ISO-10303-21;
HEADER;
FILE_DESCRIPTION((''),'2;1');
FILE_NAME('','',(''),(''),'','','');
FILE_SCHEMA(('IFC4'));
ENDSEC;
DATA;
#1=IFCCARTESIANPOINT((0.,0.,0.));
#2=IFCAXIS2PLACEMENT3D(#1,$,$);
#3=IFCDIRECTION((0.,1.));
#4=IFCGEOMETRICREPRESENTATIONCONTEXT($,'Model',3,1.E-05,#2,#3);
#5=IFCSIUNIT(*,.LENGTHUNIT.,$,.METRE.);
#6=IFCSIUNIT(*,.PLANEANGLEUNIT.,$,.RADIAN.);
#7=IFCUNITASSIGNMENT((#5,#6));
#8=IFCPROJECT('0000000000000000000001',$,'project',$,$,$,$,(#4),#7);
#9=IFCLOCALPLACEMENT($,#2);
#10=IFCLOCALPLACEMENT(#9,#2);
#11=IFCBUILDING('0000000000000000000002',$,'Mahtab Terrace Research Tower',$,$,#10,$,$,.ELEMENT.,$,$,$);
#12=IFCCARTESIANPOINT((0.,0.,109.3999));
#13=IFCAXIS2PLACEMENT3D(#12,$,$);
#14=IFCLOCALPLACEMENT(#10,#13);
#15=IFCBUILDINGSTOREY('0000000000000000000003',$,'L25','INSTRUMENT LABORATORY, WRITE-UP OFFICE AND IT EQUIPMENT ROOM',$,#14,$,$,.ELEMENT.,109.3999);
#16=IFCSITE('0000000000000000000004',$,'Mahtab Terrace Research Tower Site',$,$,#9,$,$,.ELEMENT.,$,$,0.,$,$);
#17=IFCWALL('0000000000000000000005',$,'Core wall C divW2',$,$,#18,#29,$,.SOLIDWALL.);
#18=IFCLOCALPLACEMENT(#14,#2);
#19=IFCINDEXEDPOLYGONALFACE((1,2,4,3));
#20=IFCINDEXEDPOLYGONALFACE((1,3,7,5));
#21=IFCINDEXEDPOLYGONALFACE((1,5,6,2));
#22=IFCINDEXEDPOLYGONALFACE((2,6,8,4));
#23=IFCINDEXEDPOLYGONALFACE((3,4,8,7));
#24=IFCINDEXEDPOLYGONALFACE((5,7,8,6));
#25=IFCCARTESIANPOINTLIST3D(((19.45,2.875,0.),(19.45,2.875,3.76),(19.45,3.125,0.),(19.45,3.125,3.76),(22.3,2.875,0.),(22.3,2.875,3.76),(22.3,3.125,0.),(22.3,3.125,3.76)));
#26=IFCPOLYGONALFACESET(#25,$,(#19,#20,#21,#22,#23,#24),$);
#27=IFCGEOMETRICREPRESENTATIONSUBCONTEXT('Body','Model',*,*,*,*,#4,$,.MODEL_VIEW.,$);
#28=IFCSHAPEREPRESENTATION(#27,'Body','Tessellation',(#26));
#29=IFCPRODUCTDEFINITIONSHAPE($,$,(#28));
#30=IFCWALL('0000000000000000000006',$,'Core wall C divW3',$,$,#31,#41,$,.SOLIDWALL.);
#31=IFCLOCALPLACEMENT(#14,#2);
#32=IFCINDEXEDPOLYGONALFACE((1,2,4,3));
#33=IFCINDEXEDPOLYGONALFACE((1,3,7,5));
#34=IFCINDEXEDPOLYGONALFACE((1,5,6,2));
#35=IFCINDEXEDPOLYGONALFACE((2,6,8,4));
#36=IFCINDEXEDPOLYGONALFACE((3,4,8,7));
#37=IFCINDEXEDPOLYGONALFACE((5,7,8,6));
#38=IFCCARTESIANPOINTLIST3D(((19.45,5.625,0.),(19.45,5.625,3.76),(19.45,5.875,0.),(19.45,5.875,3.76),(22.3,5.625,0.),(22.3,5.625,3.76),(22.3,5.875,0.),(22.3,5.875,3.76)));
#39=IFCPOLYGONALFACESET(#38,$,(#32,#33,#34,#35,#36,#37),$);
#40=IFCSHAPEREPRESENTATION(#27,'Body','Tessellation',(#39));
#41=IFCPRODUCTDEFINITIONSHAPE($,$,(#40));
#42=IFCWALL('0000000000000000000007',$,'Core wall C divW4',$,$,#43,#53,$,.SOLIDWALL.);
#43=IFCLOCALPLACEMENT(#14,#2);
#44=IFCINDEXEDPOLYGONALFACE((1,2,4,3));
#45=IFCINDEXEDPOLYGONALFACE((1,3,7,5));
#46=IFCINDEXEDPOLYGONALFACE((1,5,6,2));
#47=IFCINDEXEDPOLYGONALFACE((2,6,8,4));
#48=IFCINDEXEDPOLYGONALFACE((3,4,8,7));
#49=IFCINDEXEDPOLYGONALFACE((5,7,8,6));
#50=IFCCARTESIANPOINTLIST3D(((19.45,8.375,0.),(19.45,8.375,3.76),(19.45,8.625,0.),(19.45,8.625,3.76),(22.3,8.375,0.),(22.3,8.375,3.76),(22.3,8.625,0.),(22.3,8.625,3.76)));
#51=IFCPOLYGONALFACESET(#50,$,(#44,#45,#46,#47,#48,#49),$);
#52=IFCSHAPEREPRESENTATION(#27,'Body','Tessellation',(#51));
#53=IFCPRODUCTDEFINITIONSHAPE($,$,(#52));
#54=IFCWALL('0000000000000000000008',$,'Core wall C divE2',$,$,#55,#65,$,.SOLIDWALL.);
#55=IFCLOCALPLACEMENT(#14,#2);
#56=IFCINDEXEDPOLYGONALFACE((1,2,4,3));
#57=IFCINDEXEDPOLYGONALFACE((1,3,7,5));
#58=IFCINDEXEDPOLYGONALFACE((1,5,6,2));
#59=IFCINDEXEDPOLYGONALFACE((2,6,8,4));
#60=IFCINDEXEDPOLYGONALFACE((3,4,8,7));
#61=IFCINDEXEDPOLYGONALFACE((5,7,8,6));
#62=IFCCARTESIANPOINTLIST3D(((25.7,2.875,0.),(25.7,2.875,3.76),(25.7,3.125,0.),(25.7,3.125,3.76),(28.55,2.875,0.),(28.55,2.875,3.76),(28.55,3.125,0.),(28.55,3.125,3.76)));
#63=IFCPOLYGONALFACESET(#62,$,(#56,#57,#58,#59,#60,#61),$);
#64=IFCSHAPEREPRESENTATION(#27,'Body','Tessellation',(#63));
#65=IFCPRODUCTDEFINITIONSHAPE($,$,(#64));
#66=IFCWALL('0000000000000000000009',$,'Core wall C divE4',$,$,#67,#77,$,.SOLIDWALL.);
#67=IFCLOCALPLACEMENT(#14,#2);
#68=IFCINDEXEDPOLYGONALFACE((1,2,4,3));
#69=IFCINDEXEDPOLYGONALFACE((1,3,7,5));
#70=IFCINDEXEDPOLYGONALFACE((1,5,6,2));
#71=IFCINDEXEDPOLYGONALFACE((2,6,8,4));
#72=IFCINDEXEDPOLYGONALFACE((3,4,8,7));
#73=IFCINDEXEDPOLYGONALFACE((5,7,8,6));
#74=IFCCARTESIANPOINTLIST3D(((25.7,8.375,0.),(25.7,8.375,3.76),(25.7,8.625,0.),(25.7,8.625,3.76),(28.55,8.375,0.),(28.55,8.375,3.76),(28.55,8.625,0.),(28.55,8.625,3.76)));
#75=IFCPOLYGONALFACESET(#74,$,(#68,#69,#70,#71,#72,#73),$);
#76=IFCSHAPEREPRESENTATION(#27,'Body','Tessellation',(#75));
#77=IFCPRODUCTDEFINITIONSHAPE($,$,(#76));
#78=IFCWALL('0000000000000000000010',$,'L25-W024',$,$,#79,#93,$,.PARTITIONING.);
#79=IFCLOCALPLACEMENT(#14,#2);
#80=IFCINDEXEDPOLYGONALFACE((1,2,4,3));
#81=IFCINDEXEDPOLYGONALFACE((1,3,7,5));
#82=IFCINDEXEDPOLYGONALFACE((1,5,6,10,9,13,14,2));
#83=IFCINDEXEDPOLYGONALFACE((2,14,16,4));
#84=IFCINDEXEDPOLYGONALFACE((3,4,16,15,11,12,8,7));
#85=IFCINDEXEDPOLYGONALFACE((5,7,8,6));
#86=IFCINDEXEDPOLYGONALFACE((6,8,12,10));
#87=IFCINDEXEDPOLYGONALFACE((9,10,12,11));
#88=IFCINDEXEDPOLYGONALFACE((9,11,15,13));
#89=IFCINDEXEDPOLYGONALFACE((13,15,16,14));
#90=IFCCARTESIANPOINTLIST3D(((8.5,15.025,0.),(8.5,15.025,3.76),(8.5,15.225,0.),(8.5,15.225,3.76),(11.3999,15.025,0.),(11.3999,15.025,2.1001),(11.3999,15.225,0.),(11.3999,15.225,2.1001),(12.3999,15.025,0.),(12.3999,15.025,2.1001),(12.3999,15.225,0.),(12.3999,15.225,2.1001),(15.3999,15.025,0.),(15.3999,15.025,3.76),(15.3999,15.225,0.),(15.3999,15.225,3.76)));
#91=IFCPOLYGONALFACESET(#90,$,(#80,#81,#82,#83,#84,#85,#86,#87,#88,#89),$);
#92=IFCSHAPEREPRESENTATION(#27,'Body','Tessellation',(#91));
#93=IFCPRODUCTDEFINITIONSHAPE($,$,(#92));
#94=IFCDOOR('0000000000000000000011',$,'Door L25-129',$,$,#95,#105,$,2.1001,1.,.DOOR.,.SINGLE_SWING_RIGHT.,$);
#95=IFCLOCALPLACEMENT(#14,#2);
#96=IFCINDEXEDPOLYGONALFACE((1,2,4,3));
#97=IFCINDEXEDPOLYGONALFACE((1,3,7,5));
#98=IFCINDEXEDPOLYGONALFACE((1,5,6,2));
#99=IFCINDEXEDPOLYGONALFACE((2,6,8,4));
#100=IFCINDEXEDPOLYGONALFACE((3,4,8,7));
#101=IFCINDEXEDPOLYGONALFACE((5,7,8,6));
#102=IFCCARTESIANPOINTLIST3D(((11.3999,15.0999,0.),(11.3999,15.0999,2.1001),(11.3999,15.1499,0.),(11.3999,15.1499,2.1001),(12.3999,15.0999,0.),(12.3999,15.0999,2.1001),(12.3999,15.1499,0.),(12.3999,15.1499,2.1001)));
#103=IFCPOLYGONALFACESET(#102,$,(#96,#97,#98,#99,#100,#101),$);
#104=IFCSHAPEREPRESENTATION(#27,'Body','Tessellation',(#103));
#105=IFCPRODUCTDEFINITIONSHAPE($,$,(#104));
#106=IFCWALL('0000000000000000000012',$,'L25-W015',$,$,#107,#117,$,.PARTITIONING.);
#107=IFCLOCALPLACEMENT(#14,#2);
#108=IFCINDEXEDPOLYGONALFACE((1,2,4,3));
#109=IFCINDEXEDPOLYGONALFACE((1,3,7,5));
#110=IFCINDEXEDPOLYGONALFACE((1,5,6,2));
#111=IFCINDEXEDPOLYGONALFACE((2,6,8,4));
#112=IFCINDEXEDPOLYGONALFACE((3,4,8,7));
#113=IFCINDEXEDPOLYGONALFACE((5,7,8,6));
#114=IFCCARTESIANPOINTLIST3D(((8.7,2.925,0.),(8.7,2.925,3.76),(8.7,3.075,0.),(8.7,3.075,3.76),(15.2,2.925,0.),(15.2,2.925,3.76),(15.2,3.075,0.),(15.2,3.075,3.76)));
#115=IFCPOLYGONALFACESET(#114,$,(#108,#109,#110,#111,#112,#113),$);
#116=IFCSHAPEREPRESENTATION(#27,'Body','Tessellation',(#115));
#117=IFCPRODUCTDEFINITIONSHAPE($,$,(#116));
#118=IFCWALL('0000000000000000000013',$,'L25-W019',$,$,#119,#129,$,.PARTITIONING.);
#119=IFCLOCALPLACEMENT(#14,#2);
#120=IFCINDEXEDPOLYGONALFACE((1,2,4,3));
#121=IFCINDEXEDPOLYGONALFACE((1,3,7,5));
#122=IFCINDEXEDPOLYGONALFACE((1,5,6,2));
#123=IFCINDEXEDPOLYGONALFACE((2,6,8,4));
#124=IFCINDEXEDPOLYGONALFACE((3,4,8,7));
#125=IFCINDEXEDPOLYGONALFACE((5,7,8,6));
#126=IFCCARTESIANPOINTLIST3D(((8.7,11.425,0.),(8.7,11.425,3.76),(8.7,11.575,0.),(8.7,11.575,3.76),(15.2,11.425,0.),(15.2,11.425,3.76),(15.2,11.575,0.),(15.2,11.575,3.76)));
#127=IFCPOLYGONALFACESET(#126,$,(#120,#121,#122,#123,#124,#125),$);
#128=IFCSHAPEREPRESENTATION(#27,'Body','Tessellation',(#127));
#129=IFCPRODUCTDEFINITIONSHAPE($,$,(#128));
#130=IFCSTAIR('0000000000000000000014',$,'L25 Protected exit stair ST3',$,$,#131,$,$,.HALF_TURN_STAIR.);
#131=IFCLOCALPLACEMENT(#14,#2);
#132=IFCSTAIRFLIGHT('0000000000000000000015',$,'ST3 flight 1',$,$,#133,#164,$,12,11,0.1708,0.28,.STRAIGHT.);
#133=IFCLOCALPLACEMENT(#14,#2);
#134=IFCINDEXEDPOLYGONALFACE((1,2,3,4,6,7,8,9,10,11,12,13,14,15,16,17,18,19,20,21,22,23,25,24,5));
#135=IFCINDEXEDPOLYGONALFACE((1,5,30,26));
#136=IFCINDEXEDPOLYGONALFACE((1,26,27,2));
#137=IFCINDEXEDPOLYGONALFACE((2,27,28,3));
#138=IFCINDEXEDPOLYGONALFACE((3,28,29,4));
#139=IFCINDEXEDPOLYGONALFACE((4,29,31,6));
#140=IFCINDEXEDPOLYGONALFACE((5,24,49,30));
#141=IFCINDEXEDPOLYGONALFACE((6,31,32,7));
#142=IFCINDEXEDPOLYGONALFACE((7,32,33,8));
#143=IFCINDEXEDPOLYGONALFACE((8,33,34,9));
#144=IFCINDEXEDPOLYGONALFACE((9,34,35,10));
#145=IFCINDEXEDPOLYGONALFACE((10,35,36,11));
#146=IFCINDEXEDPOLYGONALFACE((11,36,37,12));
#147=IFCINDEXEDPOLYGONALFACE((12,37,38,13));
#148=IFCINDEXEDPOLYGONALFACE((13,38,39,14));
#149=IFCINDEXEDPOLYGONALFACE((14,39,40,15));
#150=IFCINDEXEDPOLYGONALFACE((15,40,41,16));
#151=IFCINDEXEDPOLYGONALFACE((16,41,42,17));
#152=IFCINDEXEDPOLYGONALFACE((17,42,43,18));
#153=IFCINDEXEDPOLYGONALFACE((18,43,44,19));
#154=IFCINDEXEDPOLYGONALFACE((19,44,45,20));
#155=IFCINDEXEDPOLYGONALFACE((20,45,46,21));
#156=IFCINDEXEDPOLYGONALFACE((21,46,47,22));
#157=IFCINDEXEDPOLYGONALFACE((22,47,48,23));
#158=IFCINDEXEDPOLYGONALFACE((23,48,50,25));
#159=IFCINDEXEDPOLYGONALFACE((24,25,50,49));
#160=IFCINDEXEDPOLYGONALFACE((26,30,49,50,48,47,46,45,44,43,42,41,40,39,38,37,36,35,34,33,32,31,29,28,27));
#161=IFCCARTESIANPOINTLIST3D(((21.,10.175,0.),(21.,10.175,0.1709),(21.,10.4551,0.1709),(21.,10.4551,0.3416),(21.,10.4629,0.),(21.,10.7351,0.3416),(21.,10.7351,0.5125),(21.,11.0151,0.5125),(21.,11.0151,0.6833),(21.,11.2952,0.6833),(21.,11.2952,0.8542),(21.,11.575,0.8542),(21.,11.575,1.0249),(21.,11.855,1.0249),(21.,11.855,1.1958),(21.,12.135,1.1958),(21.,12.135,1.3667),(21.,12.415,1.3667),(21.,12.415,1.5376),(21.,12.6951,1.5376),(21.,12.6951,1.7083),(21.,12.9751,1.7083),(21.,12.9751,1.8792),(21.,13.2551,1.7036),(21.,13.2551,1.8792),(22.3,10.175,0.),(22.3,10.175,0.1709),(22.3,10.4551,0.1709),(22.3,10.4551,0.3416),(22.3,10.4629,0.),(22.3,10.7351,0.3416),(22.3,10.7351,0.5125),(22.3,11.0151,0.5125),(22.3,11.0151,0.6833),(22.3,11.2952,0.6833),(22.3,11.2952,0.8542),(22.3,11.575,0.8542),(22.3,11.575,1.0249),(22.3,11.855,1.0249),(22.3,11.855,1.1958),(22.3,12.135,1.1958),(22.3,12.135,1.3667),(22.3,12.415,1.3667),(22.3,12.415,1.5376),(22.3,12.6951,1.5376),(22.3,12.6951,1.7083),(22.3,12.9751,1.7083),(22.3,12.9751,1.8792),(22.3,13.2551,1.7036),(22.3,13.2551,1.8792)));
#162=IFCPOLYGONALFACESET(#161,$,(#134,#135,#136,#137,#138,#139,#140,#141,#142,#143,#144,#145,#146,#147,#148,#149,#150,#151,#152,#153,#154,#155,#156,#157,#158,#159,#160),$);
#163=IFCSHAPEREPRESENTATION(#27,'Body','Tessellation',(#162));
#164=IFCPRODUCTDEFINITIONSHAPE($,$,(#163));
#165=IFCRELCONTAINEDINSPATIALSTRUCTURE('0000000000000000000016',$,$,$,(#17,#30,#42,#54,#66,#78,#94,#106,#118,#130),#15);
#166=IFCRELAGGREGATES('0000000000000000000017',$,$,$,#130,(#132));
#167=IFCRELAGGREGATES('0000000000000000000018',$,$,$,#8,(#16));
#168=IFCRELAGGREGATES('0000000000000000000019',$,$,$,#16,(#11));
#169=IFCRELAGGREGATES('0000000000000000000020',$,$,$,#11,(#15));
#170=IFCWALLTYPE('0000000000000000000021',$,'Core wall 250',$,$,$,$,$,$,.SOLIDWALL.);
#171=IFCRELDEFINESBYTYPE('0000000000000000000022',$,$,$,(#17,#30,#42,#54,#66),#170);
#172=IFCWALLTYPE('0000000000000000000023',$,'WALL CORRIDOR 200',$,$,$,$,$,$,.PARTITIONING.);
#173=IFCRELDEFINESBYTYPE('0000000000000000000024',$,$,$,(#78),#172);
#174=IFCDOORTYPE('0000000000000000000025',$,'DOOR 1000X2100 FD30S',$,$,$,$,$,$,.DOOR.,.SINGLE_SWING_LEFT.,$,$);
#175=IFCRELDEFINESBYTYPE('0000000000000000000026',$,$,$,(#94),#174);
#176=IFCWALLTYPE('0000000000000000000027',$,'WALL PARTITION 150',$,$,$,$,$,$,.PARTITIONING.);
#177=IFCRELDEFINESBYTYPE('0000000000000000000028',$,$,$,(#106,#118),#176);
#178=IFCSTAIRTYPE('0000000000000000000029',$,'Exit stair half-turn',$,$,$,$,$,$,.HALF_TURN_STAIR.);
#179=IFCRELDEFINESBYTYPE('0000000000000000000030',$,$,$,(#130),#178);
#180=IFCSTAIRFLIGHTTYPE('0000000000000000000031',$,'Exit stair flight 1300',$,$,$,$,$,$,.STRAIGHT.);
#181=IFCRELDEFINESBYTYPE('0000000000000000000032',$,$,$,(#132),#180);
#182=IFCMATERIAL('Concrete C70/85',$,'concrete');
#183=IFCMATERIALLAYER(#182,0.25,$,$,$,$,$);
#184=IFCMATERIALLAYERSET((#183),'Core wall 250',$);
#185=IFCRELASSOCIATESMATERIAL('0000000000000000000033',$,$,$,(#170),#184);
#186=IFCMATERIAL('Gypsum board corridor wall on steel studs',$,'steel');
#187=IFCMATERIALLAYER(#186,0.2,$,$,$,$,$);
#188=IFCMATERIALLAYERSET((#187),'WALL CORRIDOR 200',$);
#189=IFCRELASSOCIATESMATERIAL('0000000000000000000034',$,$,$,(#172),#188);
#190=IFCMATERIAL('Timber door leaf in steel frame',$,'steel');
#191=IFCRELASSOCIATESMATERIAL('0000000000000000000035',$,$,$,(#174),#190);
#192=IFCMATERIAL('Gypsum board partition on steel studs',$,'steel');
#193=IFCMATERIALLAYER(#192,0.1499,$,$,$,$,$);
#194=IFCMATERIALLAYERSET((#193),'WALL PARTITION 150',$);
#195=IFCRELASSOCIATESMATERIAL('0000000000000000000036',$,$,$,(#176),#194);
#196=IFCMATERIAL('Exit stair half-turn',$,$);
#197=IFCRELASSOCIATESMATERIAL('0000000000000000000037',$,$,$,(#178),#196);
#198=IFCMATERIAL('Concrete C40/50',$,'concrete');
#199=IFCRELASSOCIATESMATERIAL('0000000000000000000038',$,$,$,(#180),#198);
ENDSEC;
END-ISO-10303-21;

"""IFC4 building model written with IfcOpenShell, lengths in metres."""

from ifc_helpers import new_model, si_unit, direction, frame, frame_2d, origin, place, context, subcontext, project, spatial, polyline, rectangle, outline, extrude, material, layer, layer_set, type_object, element, fill, aggregate, save


model = new_model("IFC4")

# Units and contexts
model_context = context("Model", 3, precision=1e-05, world=origin(), true_north=direction((0.0, 1.0)))
body_context = subcontext(model_context, "Body", "Model", "MODEL_VIEW")
ifc_project = project(units=[si_unit("LENGTHUNIT", "METRE"), si_unit("PLANEANGLEUNIT", "RADIAN")], contexts=[model_context])

# Site, building, storey
site_placement = place(None, origin())
site = spatial("IfcSite", under=ifc_project, at=site_placement, Name="Mahtab Terrace Research Tower Site", CompositionType="ELEMENT", RefElevation=0.0)
building_placement = place(site_placement, origin())
building = spatial("IfcBuilding", under=site, at=building_placement, Name="Mahtab Terrace Research Tower", CompositionType="ELEMENT")
storey_placement = place(building_placement, frame((0.0, 0.0, 109.3999)))
storey = spatial("IfcBuildingStorey", under=building, at=storey_placement, Name="L25", Description="INSTRUMENT LABORATORY, WRITE-UP OFFICE AND IT EQUIPMENT ROOM", CompositionType="ELEMENT", Elevation=109.3999)

# Shared definitions
ifc_material_1 = material(Name="Concrete C70/85", Category="concrete")

# Shared definitions
ifc_layer_1 = layer(ifc_material_1, 0.25)
ifc_layer_set_1 = layer_set([ifc_layer_1], Name="Core wall 250")
wall_type_1 = type_object("IfcWallType", Name="Core wall 250", PredefinedType="SOLIDWALL", material=ifc_layer_set_1)

# Walls
for number, where, z_axis, x_axis, name in (
    (1, (19.45, 3.0, 0.0), (0.0, 0.0, 1.0), (1.0, 0.0, 0.0), "Core wall C divW2"),
    (2, (19.45, 5.75, 0.0), (0.0, 0.0, 1.0), (1.0, 0.0, 0.0), "Core wall C divW3"),
    (3, (19.45, 8.5, 0.0), (0.0, 0.0, 1.0), (1.0, 0.0, 0.0), "Core wall C divW4"),
    (4, (25.7, 3.0, 0.0), (0.0, 0.0, 1.0), (1.0, 0.0, 0.0), "Core wall C divE2"),
    (5, (25.7, 8.5, 0.0), (0.0, 0.0, 1.0), (1.0, 0.0, 0.0), "Core wall C divE4"),
):
    element("IfcWall", number, at=place(storey_placement, frame(where, z_axis=z_axis, x_axis=x_axis)), inside=storey, type_object=wall_type_1, Name=name, PredefinedType="SOLIDWALL", context=body_context, shape_type="SweptSolid", body=[
        extrude(rectangle(XDim=2.8501, YDim=0.25, at=frame_2d((1.425, 0.0))), origin(), (0.0, 0.0, 1.0), 3.76),
    ])

# Wall, opening, door
ifc_material_2 = material(Name="Gypsum board corridor wall on steel studs", Category="steel")
ifc_layer_2 = layer(ifc_material_2, 0.2)
ifc_layer_set_2 = layer_set([ifc_layer_2], Name="WALL CORRIDOR 200")
wall_type_2 = type_object("IfcWallType", Name="WALL CORRIDOR 200", PredefinedType="PARTITIONING", material=ifc_layer_set_2)
wall_1_placement = place(storey_placement, frame((8.5, 15.125, 0.0), z_axis=(0.0, 0.0, 1.0), x_axis=(1.0, 0.0, 0.0)))
wall_1 = element("IfcWall", 6, at=wall_1_placement, inside=storey, type_object=wall_type_2, Name="L25-W024", PredefinedType="PARTITIONING", context=body_context, shape_type="SweptSolid", body=[
    extrude(rectangle(XDim=6.8999, YDim=0.2, at=frame_2d((3.45, 0.0))), origin(), (0.0, 0.0, 1.0), 3.76),
])
opening_1_placement = place(wall_1_placement, frame((2.8999, 0.0, 0.0)))
opening_1 = element("IfcOpeningElement", 7, at=opening_1_placement, cuts=wall_1, PredefinedType="OPENING", context=body_context, shape_type="SweptSolid", body=[
    extrude(rectangle(XDim=1.0, YDim=2.1001, at=frame_2d((0.5, 1.05))), frame((0.0, 0.1099, 0.0), z_axis=(0.0, -1.0, 0.0), x_axis=(1.0, 0.0, 0.0)), (0.0, 0.0, 1.0), 0.22),
])
ifc_material_3 = material(Name="Timber door leaf in steel frame", Category="steel")
door_type_1 = type_object("IfcDoorType", Name="DOOR 1000X2100 FD30S", OperationType="SINGLE_SWING_LEFT", PredefinedType="DOOR", material=ifc_material_3)
door_1_placement = place(opening_1_placement, origin())
door_1 = element("IfcDoor", 8, at=door_1_placement, inside=storey, type_object=door_type_1, Name="Door L25-129", OperationType="SINGLE_SWING_RIGHT", OverallHeight=2.1001, OverallWidth=1.0, PredefinedType="DOOR", context=body_context, shape_type="SweptSolid", body=[
    extrude(rectangle(XDim=1.0, YDim=2.1001, at=frame_2d((0.5, 1.05))), frame((0.0, 0.0249, 0.0), z_axis=(0.0, -1.0, 0.0), x_axis=(1.0, 0.0, 0.0)), (0.0, 0.0, 1.0), 0.05),
])
fill(opening_1, door_1)

# Walls
ifc_material_4 = material(Name="Gypsum board partition on steel studs", Category="steel")
ifc_layer_3 = layer(ifc_material_4, 0.1499)
ifc_layer_set_3 = layer_set([ifc_layer_3], Name="WALL PARTITION 150")
wall_type_3 = type_object("IfcWallType", Name="WALL PARTITION 150", PredefinedType="PARTITIONING", material=ifc_layer_set_3)
for number, where, z_axis, x_axis, name in (
    (9, (8.7, 3.0, 0.0), (0.0, 0.0, 1.0), (1.0, 0.0, 0.0), "L25-W015"),
    (10, (8.7, 11.5, 0.0), (0.0, 0.0, 1.0), (1.0, 0.0, 0.0), "L25-W019"),
):
    element("IfcWall", number, at=place(storey_placement, frame(where, z_axis=z_axis, x_axis=x_axis)), inside=storey, type_object=wall_type_3, Name=name, PredefinedType="PARTITIONING", context=body_context, shape_type="SweptSolid", body=[
        extrude(rectangle(XDim=6.5, YDim=0.1499, at=frame_2d((3.25, 0.0))), origin(), (0.0, 0.0, 1.0), 3.76),
    ])

# Stair, stair flight
ifc_material_5 = material(Name="Exit stair half-turn")
stair_type = type_object("IfcStairType", Name="Exit stair half-turn", PredefinedType="HALF_TURN_STAIR", material=ifc_material_5)
stair_placement = place(storey_placement, origin())
stair = element("IfcStair", 11, at=stair_placement, inside=storey, type_object=stair_type, Name="L25 Protected exit stair ST3", PredefinedType="HALF_TURN_STAIR")
ifc_material_6 = material(Name="Concrete C40/50", Category="concrete")
stair_flight_type = type_object("IfcStairFlightType", Name="Exit stair flight 1300", PredefinedType="STRAIGHT", material=ifc_material_6)
stair_flight_1_placement = place(storey_placement, frame((21.6499, 10.175, 0.0), z_axis=(0.0, 0.0, 1.0), x_axis=(0.0, 1.0, 0.0)))
stair_flight_1 = element("IfcStairFlight", 12, at=stair_flight_1_placement, type_object=stair_flight_type, Name="ST3 flight 1", NumberOfRisers=12, NumberOfTreads=11, PredefinedType="STRAIGHT", RiserHeight=0.1708, TreadLength=0.28, context=body_context, shape_type="SweptSolid", body=[
    extrude(outline(polyline([(0.0, 0.0), (0.0, 0.1709), (0.28, 0.1709), (0.28, 0.3416), (0.5601, 0.3416), (0.5601, 0.5125), (0.8401, 0.5125), (0.8401, 0.6833), (1.1201, 0.6833), (1.1201, 0.8542), (1.3999, 0.8542), (1.3999, 1.0249), (1.6799, 1.0249), (1.6799, 1.1958), (1.96, 1.1958), (1.96, 1.3667), (2.24, 1.3667), (2.24, 1.5376), (2.52, 1.5376), (2.52, 1.7083), (2.8, 1.7083), (2.8, 1.8792), (3.0801, 1.8792), (3.0801, 2.05), (3.0801, 1.7036), (0.2878, 0.0), (0.0, 0.0)])), frame((0.0, 0.6499, 0.0), z_axis=(0.0, -1.0, 0.0), x_axis=(1.0, 0.0, 0.0)), (0.0, 0.0, 1.0), 1.3),
])
aggregate(stair, [stair_flight_1])

save(model, "model.ifc")
